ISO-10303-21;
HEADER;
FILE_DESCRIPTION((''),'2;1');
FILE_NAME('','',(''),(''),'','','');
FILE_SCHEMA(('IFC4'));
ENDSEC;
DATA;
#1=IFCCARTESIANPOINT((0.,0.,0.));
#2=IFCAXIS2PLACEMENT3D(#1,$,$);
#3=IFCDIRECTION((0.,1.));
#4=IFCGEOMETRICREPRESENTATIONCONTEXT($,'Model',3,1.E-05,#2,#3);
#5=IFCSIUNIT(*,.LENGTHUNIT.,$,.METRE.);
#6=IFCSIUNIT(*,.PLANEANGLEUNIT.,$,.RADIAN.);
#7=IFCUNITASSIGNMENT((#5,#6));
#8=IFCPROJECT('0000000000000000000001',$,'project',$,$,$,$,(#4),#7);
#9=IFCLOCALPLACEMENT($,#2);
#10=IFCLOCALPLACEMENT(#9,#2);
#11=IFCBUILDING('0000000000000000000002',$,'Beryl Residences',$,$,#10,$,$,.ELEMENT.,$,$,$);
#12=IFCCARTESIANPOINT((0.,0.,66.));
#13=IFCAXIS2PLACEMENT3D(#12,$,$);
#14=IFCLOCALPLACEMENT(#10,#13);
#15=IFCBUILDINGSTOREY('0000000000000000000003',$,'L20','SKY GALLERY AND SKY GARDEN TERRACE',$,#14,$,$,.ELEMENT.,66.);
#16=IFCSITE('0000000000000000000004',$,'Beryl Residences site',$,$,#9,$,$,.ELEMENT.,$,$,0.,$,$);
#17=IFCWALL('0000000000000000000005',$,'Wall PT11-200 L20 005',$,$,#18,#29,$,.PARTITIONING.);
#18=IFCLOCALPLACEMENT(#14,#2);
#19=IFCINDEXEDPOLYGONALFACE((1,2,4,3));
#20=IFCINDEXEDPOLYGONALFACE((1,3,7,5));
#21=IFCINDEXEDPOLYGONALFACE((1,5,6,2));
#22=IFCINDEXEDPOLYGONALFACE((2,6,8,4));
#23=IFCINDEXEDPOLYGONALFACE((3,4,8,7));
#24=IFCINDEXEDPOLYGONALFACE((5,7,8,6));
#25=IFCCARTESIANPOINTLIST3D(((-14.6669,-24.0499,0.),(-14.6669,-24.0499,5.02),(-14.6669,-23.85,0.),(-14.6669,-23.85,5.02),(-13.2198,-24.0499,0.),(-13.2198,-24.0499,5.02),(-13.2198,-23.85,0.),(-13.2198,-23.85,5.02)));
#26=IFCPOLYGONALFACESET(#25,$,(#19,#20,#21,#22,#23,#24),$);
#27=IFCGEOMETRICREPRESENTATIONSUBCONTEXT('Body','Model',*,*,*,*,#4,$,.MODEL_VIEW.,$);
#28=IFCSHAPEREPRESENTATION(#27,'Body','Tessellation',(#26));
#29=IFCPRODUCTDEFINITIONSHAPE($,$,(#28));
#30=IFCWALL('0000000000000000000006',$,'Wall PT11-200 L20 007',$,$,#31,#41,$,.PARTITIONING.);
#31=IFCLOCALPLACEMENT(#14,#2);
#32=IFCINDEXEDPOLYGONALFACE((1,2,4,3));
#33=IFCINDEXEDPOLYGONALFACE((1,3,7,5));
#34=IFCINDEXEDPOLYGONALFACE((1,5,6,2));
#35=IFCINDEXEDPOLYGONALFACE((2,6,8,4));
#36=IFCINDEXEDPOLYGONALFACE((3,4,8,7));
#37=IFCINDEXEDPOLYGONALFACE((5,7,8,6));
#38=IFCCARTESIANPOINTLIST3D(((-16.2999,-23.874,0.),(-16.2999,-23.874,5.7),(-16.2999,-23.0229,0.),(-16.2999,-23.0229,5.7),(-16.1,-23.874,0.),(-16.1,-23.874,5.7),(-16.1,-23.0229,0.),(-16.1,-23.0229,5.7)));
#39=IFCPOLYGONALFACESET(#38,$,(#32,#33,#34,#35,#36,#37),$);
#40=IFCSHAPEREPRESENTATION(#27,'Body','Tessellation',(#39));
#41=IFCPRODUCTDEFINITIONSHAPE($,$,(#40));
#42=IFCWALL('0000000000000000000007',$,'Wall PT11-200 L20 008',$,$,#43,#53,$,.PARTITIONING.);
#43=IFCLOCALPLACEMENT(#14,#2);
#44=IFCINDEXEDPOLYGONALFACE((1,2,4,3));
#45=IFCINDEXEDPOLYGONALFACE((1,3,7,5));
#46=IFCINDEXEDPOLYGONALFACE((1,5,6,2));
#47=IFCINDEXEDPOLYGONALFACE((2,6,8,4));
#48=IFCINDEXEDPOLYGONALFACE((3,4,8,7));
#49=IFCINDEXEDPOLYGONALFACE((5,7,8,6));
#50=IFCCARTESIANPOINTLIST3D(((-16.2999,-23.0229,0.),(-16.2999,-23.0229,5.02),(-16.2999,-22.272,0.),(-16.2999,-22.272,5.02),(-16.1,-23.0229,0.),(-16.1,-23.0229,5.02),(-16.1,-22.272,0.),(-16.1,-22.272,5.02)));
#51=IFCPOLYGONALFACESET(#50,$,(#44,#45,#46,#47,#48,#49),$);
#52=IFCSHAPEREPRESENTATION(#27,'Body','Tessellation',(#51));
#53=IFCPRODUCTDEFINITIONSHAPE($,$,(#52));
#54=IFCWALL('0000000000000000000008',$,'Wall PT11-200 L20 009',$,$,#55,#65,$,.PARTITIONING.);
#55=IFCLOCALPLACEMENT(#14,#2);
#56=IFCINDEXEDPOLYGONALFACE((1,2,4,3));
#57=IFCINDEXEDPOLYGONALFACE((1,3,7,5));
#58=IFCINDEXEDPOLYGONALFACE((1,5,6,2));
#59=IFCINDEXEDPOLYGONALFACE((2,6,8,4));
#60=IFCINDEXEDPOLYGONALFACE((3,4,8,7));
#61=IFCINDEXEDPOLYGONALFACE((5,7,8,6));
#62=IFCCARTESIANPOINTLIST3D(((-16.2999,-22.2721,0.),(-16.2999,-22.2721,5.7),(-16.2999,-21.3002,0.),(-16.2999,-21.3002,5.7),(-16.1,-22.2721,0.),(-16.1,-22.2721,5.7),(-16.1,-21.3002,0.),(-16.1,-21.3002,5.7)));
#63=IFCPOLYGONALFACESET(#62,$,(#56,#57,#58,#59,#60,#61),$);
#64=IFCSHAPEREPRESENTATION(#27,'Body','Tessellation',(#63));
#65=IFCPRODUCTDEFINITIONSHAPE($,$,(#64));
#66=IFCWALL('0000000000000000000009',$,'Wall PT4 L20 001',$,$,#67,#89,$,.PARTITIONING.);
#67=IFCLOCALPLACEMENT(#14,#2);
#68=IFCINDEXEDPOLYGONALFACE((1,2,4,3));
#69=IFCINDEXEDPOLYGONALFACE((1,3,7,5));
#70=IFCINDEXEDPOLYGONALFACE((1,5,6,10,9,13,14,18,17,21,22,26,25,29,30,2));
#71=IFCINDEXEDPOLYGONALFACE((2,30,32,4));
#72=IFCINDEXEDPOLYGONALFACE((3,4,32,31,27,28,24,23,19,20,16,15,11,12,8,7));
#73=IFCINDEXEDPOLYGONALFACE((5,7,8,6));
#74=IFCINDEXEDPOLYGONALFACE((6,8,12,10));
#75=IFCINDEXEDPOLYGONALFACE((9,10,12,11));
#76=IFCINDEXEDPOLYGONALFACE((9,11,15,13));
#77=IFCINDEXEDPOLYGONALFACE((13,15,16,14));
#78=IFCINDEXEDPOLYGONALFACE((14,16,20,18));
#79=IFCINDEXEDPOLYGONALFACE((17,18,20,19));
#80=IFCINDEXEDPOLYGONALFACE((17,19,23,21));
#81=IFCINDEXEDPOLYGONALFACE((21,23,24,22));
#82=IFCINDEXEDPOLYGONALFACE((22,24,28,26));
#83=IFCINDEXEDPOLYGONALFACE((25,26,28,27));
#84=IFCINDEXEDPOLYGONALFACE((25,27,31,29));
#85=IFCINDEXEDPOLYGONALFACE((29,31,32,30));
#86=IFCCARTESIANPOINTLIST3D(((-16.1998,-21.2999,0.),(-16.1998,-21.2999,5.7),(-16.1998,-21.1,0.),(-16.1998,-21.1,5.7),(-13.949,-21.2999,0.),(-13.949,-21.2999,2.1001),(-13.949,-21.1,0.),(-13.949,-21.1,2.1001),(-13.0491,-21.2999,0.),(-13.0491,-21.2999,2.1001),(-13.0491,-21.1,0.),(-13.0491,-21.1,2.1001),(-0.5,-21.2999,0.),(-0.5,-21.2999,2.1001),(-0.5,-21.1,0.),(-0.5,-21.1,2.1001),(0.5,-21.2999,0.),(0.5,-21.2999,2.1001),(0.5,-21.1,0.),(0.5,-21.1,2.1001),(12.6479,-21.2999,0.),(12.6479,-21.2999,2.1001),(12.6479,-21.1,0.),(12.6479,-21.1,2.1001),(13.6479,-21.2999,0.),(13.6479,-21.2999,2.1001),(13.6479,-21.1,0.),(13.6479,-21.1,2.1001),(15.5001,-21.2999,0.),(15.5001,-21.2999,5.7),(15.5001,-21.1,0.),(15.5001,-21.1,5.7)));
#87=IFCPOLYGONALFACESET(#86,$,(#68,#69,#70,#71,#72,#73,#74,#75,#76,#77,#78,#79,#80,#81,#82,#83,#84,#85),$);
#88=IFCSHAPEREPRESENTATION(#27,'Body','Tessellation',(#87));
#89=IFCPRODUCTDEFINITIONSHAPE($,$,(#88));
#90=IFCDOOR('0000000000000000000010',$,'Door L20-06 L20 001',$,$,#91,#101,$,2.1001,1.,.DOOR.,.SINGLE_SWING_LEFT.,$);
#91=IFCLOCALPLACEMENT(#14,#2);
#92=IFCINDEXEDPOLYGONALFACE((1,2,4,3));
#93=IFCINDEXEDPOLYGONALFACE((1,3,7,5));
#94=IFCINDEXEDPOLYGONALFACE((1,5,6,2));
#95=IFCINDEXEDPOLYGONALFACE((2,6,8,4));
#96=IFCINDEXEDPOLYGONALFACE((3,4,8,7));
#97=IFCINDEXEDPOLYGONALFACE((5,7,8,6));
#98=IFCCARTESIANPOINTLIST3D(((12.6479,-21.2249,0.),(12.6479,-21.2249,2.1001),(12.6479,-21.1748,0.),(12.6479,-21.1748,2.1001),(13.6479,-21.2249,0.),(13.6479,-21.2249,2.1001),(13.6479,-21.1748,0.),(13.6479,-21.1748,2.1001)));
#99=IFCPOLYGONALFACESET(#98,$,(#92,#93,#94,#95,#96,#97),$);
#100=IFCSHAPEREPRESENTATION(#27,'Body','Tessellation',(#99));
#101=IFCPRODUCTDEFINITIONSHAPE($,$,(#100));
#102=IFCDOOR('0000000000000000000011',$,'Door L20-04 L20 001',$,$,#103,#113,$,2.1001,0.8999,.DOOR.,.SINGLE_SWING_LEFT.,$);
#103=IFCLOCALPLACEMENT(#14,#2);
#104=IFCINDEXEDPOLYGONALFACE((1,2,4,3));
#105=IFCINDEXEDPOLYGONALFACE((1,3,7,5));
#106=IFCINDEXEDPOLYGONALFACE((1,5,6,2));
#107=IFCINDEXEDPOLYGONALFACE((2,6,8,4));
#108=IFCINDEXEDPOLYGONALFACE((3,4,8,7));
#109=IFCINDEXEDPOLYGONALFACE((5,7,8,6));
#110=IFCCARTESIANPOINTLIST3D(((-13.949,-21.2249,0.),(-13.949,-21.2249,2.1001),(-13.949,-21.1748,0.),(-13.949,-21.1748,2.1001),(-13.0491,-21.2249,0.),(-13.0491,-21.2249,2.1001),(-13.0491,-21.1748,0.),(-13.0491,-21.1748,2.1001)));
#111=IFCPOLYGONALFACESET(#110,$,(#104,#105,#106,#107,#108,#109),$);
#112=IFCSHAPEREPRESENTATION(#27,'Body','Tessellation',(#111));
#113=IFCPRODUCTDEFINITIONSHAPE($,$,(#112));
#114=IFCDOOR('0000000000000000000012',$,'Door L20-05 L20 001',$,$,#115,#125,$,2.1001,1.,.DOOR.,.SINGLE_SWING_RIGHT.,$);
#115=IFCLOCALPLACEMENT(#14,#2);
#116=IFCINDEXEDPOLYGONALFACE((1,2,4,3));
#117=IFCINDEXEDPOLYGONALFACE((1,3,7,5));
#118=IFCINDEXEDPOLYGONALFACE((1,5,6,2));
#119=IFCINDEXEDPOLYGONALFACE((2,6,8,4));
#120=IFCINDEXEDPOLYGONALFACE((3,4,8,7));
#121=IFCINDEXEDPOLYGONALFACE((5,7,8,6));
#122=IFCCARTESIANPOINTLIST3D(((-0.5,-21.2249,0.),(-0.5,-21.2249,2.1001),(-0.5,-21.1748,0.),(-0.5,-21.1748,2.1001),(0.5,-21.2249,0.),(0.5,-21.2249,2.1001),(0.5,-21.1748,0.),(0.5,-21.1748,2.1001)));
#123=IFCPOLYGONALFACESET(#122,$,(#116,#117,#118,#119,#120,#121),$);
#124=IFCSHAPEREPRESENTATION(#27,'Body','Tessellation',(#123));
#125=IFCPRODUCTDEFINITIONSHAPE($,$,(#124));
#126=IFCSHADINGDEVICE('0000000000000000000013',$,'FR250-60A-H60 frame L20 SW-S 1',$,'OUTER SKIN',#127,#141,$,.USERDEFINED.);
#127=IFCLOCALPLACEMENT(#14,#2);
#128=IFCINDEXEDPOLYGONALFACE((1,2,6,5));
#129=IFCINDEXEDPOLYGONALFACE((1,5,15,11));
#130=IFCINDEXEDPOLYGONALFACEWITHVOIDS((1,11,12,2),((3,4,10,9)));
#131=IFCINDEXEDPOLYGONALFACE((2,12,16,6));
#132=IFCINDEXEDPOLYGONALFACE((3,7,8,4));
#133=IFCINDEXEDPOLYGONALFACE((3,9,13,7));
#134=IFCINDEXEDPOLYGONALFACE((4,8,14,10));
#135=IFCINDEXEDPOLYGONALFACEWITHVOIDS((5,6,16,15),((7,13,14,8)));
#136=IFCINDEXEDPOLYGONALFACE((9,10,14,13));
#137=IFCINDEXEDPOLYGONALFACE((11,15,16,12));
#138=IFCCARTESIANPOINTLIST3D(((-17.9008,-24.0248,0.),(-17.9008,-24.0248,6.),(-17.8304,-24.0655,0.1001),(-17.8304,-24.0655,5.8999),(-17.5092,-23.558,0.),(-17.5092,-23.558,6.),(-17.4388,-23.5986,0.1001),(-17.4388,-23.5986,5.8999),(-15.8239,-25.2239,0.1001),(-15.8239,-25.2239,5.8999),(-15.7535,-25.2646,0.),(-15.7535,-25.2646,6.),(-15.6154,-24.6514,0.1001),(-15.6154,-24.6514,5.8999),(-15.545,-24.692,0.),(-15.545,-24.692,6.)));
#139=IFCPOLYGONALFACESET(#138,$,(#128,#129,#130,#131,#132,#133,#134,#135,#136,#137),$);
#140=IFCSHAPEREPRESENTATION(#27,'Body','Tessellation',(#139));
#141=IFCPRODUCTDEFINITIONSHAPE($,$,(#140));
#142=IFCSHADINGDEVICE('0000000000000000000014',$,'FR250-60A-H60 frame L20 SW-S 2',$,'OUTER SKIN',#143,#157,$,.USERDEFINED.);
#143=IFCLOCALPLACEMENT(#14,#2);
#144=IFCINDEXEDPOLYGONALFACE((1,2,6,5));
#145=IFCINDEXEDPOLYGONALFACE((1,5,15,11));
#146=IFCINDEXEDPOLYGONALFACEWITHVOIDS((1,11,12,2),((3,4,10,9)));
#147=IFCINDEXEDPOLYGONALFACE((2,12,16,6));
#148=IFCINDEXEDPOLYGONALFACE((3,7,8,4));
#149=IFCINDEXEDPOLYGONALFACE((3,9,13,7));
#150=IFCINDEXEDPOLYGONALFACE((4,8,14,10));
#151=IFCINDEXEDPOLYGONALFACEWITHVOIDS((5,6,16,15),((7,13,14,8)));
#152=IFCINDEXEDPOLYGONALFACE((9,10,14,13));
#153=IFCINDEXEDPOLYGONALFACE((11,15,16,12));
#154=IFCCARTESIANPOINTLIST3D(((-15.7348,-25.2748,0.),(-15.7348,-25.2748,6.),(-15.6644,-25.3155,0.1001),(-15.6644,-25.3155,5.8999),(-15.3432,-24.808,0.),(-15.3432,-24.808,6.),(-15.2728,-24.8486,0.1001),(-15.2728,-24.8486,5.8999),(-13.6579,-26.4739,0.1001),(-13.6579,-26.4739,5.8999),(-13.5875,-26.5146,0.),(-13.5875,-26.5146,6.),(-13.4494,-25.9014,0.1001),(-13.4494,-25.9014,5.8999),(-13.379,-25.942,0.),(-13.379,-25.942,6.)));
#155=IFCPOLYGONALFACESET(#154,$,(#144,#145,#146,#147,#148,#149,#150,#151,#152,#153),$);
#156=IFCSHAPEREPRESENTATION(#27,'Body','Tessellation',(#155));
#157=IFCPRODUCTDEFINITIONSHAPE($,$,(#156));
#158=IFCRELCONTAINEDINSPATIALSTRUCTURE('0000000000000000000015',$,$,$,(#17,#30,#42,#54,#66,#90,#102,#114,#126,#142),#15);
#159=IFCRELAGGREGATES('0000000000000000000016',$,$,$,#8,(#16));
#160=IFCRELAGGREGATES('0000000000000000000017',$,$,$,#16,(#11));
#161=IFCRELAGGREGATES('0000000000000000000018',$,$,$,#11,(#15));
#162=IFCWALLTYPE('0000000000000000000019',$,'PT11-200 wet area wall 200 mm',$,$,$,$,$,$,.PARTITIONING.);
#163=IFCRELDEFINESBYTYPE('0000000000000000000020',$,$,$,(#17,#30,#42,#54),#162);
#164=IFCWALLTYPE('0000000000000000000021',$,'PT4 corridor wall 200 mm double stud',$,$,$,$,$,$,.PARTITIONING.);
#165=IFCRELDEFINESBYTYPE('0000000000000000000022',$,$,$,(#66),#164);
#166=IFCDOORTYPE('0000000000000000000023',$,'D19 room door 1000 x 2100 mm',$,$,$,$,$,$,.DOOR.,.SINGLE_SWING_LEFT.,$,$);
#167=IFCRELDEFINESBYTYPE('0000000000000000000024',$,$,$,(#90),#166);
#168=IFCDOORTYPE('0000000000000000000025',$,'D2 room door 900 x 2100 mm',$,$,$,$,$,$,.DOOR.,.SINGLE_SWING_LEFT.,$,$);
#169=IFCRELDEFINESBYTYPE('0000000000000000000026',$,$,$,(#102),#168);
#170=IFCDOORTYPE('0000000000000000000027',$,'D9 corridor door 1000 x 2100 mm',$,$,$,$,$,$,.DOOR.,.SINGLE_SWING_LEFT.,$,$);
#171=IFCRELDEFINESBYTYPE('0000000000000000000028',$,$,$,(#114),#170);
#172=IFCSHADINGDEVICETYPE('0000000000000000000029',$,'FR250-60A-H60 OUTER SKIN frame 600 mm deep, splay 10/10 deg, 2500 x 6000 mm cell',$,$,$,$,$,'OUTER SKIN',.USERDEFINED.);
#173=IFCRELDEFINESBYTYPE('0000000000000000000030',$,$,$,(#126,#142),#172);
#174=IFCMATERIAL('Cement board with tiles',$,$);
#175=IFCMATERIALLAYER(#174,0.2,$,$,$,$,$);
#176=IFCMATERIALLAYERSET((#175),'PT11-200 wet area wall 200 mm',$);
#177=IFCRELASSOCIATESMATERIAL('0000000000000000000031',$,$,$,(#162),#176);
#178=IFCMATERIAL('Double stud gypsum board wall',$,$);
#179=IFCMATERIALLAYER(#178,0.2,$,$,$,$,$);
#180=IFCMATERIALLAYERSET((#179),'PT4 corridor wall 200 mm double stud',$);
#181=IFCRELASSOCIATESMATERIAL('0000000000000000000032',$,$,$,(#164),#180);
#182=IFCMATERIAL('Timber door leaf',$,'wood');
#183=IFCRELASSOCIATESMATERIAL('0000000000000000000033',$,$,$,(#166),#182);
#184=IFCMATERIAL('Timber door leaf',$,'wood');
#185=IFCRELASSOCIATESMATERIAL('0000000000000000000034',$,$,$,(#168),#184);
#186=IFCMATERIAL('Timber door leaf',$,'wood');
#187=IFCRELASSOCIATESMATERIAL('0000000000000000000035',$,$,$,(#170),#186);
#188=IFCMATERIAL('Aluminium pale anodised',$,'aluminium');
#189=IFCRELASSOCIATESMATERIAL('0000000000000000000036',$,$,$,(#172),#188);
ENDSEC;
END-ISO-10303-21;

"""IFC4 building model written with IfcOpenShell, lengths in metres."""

from ifc_helpers import new_model, entity, si_unit, direction, frame, frame_2d, origin, place, context, subcontext, project, spatial, rectangle, extrude, source, transform, mapped, material, layer, layer_set, type_object, type_shapes, element, fill, save


model = new_model("IFC4")

# Units and contexts
model_context = context("Model", 3, precision=1e-05, world=origin(), true_north=direction((0.0, 1.0)))
body_context = subcontext(model_context, "Body", "Model", "MODEL_VIEW")
ifc_project = project(units=[si_unit("LENGTHUNIT", "METRE"), si_unit("PLANEANGLEUNIT", "RADIAN")], contexts=[model_context])

# Site, building, storey
site_placement = place(None, origin())
site = spatial("IfcSite", under=ifc_project, at=site_placement, Name="Beryl Residences site", CompositionType="ELEMENT", RefElevation=0.0)
building_placement = place(site_placement, origin())
building = spatial("IfcBuilding", under=site, at=building_placement, Name="Beryl Residences", CompositionType="ELEMENT")
storey_placement = place(building_placement, frame((0.0, 0.0, 66.0)))
storey = spatial("IfcBuildingStorey", under=building, at=storey_placement, Name="L20", Description="SKY GALLERY AND SKY GARDEN TERRACE", CompositionType="ELEMENT", Elevation=66.0)

# Walls
ifc_material_1 = material(Name="Cement board with tiles")
ifc_layer_1 = layer(ifc_material_1, 0.2)
ifc_layer_set_1 = layer_set([ifc_layer_1], Name="PT11-200 wet area wall 200 mm")
wall_type_1 = type_object("IfcWallType", Name="PT11-200 wet area wall 200 mm", PredefinedType="PARTITIONING", material=ifc_layer_set_1)
wall_1_placement = place(storey_placement, frame((-14.667, -23.95, 0.0), z_axis=(0.0, 0.0, 1.0), x_axis=(1.0, 0.0, 0.0)))
element("IfcWall", 1, at=wall_1_placement, inside=storey, type_object=wall_type_1, Name="Wall PT11-200 L20 005", PredefinedType="PARTITIONING", context=body_context, shape_type="SweptSolid", body=[
    extrude(rectangle(XDim=1.447, YDim=0.2, at=frame_2d((0.7236, 0.0))), origin(), (0.0, 0.0, 1.0), 5.02),
])
wall_2_placement = place(storey_placement, frame((-16.2, -23.874, 0.0), z_axis=(0.0, 0.0, 1.0), x_axis=(0.0, 1.0, 0.0)))
element("IfcWall", 2, at=wall_2_placement, inside=storey, type_object=wall_type_1, Name="Wall PT11-200 L20 007", PredefinedType="PARTITIONING", context=body_context, shape_type="SweptSolid", body=[
    extrude(rectangle(XDim=0.8511, YDim=0.2, at=frame_2d((0.4255, 0.0))), origin(), (0.0, 0.0, 1.0), 5.7),
])
wall_3_placement = place(storey_placement, frame((-16.2, -23.0229, 0.0), z_axis=(0.0, 0.0, 1.0), x_axis=(0.0, 1.0, 0.0)))
element("IfcWall", 3, at=wall_3_placement, inside=storey, type_object=wall_type_1, Name="Wall PT11-200 L20 008", PredefinedType="PARTITIONING", context=body_context, shape_type="SweptSolid", body=[
    extrude(rectangle(XDim=0.751, YDim=0.2, at=frame_2d((0.3755, 0.0))), origin(), (0.0, 0.0, 1.0), 5.02),
])
wall_4_placement = place(storey_placement, frame((-16.2, -22.272, 0.0), z_axis=(0.0, 0.0, 1.0), x_axis=(0.0, 1.0, 0.0)))
element("IfcWall", 4, at=wall_4_placement, inside=storey, type_object=wall_type_1, Name="Wall PT11-200 L20 009", PredefinedType="PARTITIONING", context=body_context, shape_type="SweptSolid", body=[
    extrude(rectangle(XDim=0.9719, YDim=0.2, at=frame_2d((0.4858, 0.0))), origin(), (0.0, 0.0, 1.0), 5.7),
])

# Wall, openings, doors
ifc_material_2 = material(Name="Double stud gypsum board wall")
ifc_layer_2 = layer(ifc_material_2, 0.2)
ifc_layer_set_2 = layer_set([ifc_layer_2], Name="PT4 corridor wall 200 mm double stud")
wall_type_2 = type_object("IfcWallType", Name="PT4 corridor wall 200 mm double stud", PredefinedType="PARTITIONING", material=ifc_layer_set_2)
wall_5_placement = place(storey_placement, frame((-16.2, -21.2, 0.0), z_axis=(0.0, 0.0, 1.0), x_axis=(1.0, 0.0, 0.0)))
wall_5 = element("IfcWall", 5, at=wall_5_placement, inside=storey, type_object=wall_type_2, Name="Wall PT4 L20 001", PredefinedType="PARTITIONING", context=body_context, shape_type="SweptSolid", body=[
    extrude(rectangle(XDim=31.7, YDim=0.2, at=frame_2d((15.8501, 0.0))), origin(), (0.0, 0.0, 1.0), 5.7),
])
opening_1_placement = place(wall_5_placement, frame((3.1509, 0.0, 0.0), z_axis=(0.0, 0.0, 1.0), x_axis=(-1.0, 0.0, 0.0)))
opening_1 = element("IfcOpeningElement", 6, at=opening_1_placement, cuts=wall_5, PredefinedType="OPENING", context=body_context, shape_type="SweptSolid", body=[
    extrude(rectangle(XDim=0.8999, YDim=2.1001, at=frame_2d((0.45, 1.05))), frame((0.0, 0.1099, 0.0), z_axis=(0.0, -1.0, 0.0), x_axis=(1.0, 0.0, 0.0)), (0.0, 0.0, 1.0), 0.22),
])
opening_2_placement = place(wall_5_placement, frame((16.7, 0.0, 0.0), z_axis=(0.0, 0.0, 1.0), x_axis=(-1.0, 0.0, 0.0)))
opening_2 = element("IfcOpeningElement", 7, at=opening_2_placement, cuts=wall_5, PredefinedType="OPENING", context=body_context, shape_type="SweptSolid", body=[
    extrude(rectangle(XDim=1.0, YDim=2.1001, at=frame_2d((0.5, 1.05))), frame((0.0, 0.1099, 0.0), z_axis=(0.0, -1.0, 0.0), x_axis=(1.0, 0.0, 0.0)), (0.0, 0.0, 1.0), 0.22),
])
opening_3_placement = place(wall_5_placement, frame((29.8479, 0.0, 0.0), z_axis=(0.0, 0.0, 1.0), x_axis=(-1.0, 0.0, 0.0)))
opening_3 = element("IfcOpeningElement", 8, at=opening_3_placement, cuts=wall_5, PredefinedType="OPENING", context=body_context, shape_type="SweptSolid", body=[
    extrude(rectangle(XDim=1.0, YDim=2.1001, at=frame_2d((0.5, 1.05))), frame((0.0, 0.1099, 0.0), z_axis=(0.0, -1.0, 0.0), x_axis=(1.0, 0.0, 0.0)), (0.0, 0.0, 1.0), 0.22),
])
ifc_material_3 = material(Name="Timber door leaf", Category="wood")
door_type_1 = type_object("IfcDoorType", Name="D19 room door 1000 x 2100 mm", OperationType="SINGLE_SWING_LEFT", PredefinedType="DOOR", material=ifc_material_3)
door_1_placement = place(opening_3_placement, origin())
door_1 = element("IfcDoor", 9, at=door_1_placement, inside=storey, type_object=door_type_1, Name="Door L20-06 L20 001", OperationType="SINGLE_SWING_LEFT", OverallHeight=2.1001, OverallWidth=1.0, PredefinedType="DOOR", context=body_context, shape_type="SweptSolid", body=[
    extrude(rectangle(XDim=1.0, YDim=2.1001, at=frame_2d((0.5, 1.05))), frame((0.0, 0.0249, 0.0), z_axis=(0.0, -1.0, 0.0), x_axis=(1.0, 0.0, 0.0)), (0.0, 0.0, 1.0), 0.05),
])
fill(opening_3, door_1)
ifc_material_4 = material(Name="Timber door leaf", Category="wood")
door_type_2 = type_object("IfcDoorType", Name="D2 room door 900 x 2100 mm", OperationType="SINGLE_SWING_LEFT", PredefinedType="DOOR", material=ifc_material_4)
door_2_placement = place(opening_1_placement, origin())
door_2 = element("IfcDoor", 10, at=door_2_placement, inside=storey, type_object=door_type_2, Name="Door L20-04 L20 001", OperationType="SINGLE_SWING_LEFT", OverallHeight=2.1001, OverallWidth=0.8999, PredefinedType="DOOR", context=body_context, shape_type="SweptSolid", body=[
    extrude(rectangle(XDim=0.8999, YDim=2.1001, at=frame_2d((0.45, 1.05))), frame((0.0, 0.0249, 0.0), z_axis=(0.0, -1.0, 0.0), x_axis=(1.0, 0.0, 0.0)), (0.0, 0.0, 1.0), 0.05),
])
fill(opening_1, door_2)
ifc_material_5 = material(Name="Timber door leaf", Category="wood")
door_type_3 = type_object("IfcDoorType", Name="D9 corridor door 1000 x 2100 mm", OperationType="SINGLE_SWING_LEFT", PredefinedType="DOOR", material=ifc_material_5)
door_3_placement = place(opening_2_placement, origin())
door_3 = element("IfcDoor", 11, at=door_3_placement, inside=storey, type_object=door_type_3, Name="Door L20-05 L20 001", OperationType="SINGLE_SWING_RIGHT", OverallHeight=2.1001, OverallWidth=1.0, PredefinedType="DOOR", context=body_context, shape_type="SweptSolid", body=[
    extrude(rectangle(XDim=1.0, YDim=2.1001, at=frame_2d((0.5, 1.05))), frame((0.0, 0.0249, 0.0), z_axis=(0.0, -1.0, 0.0), x_axis=(1.0, 0.0, 0.0)), (0.0, 0.0, 1.0), 0.05),
])
fill(opening_2, door_3)

# Shading devices
ifc_material_6 = material(Name="Aluminium pale anodised", Category="aluminium")
shading_device_type_1 = type_object("IfcShadingDeviceType", Name="FR250-60A-H60 OUTER SKIN frame 600 mm deep, splay 10/10 deg, 2500 x 6000 mm cell", ElementType="OUTER SKIN", PredefinedType="USERDEFINED", material=ifc_material_6)
cartesian_point_1 = entity("IfcCartesianPoint", [-1.134, 0.0])
cartesian_point_2 = entity("IfcCartesianPoint", [-1.0527, 0.1001])
cartesian_point_3 = entity("IfcCartesianPoint", [-1.2397, 0.0])
cartesian_point_4 = entity("IfcCartesianPoint", [-1.1584, 0.1001])
shared_shape_1 = source(origin(), body_context, "Body", "SweptSolid", [
    entity("IfcExtrudedAreaSolidTapered", entity("IfcArbitraryProfileDefWithVoids", "AREA", None, entity("IfcPolyline", [cartesian_point_1, entity("IfcCartesianPoint", [1.134, 0.0]), entity("IfcCartesianPoint", [1.134, 6.0]), entity("IfcCartesianPoint", [-1.134, 6.0]), cartesian_point_1]), [entity("IfcPolyline", [cartesian_point_2, entity("IfcCartesianPoint", [1.0527, 0.1001]), entity("IfcCartesianPoint", [1.0527, 5.8999]), entity("IfcCartesianPoint", [-1.0527, 5.8999]), cartesian_point_2])]), entity("IfcAxis2Placement3D", entity("IfcCartesianPoint", [0.0, 0.0, 0.0]), entity("IfcDirection", [0.0, 1.0, 0.0]), entity("IfcDirection", [-1.0, 0.0, 0.0])), entity("IfcDirection", [0.0, 0.0, 1.0]), 0.6001, entity("IfcArbitraryProfileDefWithVoids", "AREA", None, entity("IfcPolyline", [cartesian_point_3, entity("IfcCartesianPoint", [1.2397, 0.0]), entity("IfcCartesianPoint", [1.2397, 6.0]), entity("IfcCartesianPoint", [-1.2397, 6.0]), cartesian_point_3]), [entity("IfcPolyline", [cartesian_point_4, entity("IfcCartesianPoint", [1.1584, 0.1001]), entity("IfcCartesianPoint", [1.1584, 5.8999]), entity("IfcCartesianPoint", [-1.1584, 5.8999]), cartesian_point_4])])),
])
type_shapes(shading_device_type_1, [shared_shape_1])
for number, where, z_axis, x_axis, name in (
    (12, (-16.5271, -24.125, 0.0), (0.0, 0.0, 1.0), (-0.866025, 0.5, 0.0), "FR250-60A-H60 frame L20 SW-S 1"),
    (13, (-14.3611, -25.375, 0.0), (0.0, 0.0, 1.0), (-0.866025, 0.5, 0.0), "FR250-60A-H60 frame L20 SW-S 2"),
):
    element("IfcShadingDevice", number, at=place(storey_placement, frame(where, z_axis=z_axis, x_axis=x_axis)), inside=storey, type_object=shading_device_type_1, Name=name, ObjectType="OUTER SKIN", PredefinedType="USERDEFINED", context=body_context, shape_type="MappedRepresentation", body=[
        mapped(shared_shape_1, transform((0.0, 0.0, 0.0))),
    ])

save(model, "model.ifc")
